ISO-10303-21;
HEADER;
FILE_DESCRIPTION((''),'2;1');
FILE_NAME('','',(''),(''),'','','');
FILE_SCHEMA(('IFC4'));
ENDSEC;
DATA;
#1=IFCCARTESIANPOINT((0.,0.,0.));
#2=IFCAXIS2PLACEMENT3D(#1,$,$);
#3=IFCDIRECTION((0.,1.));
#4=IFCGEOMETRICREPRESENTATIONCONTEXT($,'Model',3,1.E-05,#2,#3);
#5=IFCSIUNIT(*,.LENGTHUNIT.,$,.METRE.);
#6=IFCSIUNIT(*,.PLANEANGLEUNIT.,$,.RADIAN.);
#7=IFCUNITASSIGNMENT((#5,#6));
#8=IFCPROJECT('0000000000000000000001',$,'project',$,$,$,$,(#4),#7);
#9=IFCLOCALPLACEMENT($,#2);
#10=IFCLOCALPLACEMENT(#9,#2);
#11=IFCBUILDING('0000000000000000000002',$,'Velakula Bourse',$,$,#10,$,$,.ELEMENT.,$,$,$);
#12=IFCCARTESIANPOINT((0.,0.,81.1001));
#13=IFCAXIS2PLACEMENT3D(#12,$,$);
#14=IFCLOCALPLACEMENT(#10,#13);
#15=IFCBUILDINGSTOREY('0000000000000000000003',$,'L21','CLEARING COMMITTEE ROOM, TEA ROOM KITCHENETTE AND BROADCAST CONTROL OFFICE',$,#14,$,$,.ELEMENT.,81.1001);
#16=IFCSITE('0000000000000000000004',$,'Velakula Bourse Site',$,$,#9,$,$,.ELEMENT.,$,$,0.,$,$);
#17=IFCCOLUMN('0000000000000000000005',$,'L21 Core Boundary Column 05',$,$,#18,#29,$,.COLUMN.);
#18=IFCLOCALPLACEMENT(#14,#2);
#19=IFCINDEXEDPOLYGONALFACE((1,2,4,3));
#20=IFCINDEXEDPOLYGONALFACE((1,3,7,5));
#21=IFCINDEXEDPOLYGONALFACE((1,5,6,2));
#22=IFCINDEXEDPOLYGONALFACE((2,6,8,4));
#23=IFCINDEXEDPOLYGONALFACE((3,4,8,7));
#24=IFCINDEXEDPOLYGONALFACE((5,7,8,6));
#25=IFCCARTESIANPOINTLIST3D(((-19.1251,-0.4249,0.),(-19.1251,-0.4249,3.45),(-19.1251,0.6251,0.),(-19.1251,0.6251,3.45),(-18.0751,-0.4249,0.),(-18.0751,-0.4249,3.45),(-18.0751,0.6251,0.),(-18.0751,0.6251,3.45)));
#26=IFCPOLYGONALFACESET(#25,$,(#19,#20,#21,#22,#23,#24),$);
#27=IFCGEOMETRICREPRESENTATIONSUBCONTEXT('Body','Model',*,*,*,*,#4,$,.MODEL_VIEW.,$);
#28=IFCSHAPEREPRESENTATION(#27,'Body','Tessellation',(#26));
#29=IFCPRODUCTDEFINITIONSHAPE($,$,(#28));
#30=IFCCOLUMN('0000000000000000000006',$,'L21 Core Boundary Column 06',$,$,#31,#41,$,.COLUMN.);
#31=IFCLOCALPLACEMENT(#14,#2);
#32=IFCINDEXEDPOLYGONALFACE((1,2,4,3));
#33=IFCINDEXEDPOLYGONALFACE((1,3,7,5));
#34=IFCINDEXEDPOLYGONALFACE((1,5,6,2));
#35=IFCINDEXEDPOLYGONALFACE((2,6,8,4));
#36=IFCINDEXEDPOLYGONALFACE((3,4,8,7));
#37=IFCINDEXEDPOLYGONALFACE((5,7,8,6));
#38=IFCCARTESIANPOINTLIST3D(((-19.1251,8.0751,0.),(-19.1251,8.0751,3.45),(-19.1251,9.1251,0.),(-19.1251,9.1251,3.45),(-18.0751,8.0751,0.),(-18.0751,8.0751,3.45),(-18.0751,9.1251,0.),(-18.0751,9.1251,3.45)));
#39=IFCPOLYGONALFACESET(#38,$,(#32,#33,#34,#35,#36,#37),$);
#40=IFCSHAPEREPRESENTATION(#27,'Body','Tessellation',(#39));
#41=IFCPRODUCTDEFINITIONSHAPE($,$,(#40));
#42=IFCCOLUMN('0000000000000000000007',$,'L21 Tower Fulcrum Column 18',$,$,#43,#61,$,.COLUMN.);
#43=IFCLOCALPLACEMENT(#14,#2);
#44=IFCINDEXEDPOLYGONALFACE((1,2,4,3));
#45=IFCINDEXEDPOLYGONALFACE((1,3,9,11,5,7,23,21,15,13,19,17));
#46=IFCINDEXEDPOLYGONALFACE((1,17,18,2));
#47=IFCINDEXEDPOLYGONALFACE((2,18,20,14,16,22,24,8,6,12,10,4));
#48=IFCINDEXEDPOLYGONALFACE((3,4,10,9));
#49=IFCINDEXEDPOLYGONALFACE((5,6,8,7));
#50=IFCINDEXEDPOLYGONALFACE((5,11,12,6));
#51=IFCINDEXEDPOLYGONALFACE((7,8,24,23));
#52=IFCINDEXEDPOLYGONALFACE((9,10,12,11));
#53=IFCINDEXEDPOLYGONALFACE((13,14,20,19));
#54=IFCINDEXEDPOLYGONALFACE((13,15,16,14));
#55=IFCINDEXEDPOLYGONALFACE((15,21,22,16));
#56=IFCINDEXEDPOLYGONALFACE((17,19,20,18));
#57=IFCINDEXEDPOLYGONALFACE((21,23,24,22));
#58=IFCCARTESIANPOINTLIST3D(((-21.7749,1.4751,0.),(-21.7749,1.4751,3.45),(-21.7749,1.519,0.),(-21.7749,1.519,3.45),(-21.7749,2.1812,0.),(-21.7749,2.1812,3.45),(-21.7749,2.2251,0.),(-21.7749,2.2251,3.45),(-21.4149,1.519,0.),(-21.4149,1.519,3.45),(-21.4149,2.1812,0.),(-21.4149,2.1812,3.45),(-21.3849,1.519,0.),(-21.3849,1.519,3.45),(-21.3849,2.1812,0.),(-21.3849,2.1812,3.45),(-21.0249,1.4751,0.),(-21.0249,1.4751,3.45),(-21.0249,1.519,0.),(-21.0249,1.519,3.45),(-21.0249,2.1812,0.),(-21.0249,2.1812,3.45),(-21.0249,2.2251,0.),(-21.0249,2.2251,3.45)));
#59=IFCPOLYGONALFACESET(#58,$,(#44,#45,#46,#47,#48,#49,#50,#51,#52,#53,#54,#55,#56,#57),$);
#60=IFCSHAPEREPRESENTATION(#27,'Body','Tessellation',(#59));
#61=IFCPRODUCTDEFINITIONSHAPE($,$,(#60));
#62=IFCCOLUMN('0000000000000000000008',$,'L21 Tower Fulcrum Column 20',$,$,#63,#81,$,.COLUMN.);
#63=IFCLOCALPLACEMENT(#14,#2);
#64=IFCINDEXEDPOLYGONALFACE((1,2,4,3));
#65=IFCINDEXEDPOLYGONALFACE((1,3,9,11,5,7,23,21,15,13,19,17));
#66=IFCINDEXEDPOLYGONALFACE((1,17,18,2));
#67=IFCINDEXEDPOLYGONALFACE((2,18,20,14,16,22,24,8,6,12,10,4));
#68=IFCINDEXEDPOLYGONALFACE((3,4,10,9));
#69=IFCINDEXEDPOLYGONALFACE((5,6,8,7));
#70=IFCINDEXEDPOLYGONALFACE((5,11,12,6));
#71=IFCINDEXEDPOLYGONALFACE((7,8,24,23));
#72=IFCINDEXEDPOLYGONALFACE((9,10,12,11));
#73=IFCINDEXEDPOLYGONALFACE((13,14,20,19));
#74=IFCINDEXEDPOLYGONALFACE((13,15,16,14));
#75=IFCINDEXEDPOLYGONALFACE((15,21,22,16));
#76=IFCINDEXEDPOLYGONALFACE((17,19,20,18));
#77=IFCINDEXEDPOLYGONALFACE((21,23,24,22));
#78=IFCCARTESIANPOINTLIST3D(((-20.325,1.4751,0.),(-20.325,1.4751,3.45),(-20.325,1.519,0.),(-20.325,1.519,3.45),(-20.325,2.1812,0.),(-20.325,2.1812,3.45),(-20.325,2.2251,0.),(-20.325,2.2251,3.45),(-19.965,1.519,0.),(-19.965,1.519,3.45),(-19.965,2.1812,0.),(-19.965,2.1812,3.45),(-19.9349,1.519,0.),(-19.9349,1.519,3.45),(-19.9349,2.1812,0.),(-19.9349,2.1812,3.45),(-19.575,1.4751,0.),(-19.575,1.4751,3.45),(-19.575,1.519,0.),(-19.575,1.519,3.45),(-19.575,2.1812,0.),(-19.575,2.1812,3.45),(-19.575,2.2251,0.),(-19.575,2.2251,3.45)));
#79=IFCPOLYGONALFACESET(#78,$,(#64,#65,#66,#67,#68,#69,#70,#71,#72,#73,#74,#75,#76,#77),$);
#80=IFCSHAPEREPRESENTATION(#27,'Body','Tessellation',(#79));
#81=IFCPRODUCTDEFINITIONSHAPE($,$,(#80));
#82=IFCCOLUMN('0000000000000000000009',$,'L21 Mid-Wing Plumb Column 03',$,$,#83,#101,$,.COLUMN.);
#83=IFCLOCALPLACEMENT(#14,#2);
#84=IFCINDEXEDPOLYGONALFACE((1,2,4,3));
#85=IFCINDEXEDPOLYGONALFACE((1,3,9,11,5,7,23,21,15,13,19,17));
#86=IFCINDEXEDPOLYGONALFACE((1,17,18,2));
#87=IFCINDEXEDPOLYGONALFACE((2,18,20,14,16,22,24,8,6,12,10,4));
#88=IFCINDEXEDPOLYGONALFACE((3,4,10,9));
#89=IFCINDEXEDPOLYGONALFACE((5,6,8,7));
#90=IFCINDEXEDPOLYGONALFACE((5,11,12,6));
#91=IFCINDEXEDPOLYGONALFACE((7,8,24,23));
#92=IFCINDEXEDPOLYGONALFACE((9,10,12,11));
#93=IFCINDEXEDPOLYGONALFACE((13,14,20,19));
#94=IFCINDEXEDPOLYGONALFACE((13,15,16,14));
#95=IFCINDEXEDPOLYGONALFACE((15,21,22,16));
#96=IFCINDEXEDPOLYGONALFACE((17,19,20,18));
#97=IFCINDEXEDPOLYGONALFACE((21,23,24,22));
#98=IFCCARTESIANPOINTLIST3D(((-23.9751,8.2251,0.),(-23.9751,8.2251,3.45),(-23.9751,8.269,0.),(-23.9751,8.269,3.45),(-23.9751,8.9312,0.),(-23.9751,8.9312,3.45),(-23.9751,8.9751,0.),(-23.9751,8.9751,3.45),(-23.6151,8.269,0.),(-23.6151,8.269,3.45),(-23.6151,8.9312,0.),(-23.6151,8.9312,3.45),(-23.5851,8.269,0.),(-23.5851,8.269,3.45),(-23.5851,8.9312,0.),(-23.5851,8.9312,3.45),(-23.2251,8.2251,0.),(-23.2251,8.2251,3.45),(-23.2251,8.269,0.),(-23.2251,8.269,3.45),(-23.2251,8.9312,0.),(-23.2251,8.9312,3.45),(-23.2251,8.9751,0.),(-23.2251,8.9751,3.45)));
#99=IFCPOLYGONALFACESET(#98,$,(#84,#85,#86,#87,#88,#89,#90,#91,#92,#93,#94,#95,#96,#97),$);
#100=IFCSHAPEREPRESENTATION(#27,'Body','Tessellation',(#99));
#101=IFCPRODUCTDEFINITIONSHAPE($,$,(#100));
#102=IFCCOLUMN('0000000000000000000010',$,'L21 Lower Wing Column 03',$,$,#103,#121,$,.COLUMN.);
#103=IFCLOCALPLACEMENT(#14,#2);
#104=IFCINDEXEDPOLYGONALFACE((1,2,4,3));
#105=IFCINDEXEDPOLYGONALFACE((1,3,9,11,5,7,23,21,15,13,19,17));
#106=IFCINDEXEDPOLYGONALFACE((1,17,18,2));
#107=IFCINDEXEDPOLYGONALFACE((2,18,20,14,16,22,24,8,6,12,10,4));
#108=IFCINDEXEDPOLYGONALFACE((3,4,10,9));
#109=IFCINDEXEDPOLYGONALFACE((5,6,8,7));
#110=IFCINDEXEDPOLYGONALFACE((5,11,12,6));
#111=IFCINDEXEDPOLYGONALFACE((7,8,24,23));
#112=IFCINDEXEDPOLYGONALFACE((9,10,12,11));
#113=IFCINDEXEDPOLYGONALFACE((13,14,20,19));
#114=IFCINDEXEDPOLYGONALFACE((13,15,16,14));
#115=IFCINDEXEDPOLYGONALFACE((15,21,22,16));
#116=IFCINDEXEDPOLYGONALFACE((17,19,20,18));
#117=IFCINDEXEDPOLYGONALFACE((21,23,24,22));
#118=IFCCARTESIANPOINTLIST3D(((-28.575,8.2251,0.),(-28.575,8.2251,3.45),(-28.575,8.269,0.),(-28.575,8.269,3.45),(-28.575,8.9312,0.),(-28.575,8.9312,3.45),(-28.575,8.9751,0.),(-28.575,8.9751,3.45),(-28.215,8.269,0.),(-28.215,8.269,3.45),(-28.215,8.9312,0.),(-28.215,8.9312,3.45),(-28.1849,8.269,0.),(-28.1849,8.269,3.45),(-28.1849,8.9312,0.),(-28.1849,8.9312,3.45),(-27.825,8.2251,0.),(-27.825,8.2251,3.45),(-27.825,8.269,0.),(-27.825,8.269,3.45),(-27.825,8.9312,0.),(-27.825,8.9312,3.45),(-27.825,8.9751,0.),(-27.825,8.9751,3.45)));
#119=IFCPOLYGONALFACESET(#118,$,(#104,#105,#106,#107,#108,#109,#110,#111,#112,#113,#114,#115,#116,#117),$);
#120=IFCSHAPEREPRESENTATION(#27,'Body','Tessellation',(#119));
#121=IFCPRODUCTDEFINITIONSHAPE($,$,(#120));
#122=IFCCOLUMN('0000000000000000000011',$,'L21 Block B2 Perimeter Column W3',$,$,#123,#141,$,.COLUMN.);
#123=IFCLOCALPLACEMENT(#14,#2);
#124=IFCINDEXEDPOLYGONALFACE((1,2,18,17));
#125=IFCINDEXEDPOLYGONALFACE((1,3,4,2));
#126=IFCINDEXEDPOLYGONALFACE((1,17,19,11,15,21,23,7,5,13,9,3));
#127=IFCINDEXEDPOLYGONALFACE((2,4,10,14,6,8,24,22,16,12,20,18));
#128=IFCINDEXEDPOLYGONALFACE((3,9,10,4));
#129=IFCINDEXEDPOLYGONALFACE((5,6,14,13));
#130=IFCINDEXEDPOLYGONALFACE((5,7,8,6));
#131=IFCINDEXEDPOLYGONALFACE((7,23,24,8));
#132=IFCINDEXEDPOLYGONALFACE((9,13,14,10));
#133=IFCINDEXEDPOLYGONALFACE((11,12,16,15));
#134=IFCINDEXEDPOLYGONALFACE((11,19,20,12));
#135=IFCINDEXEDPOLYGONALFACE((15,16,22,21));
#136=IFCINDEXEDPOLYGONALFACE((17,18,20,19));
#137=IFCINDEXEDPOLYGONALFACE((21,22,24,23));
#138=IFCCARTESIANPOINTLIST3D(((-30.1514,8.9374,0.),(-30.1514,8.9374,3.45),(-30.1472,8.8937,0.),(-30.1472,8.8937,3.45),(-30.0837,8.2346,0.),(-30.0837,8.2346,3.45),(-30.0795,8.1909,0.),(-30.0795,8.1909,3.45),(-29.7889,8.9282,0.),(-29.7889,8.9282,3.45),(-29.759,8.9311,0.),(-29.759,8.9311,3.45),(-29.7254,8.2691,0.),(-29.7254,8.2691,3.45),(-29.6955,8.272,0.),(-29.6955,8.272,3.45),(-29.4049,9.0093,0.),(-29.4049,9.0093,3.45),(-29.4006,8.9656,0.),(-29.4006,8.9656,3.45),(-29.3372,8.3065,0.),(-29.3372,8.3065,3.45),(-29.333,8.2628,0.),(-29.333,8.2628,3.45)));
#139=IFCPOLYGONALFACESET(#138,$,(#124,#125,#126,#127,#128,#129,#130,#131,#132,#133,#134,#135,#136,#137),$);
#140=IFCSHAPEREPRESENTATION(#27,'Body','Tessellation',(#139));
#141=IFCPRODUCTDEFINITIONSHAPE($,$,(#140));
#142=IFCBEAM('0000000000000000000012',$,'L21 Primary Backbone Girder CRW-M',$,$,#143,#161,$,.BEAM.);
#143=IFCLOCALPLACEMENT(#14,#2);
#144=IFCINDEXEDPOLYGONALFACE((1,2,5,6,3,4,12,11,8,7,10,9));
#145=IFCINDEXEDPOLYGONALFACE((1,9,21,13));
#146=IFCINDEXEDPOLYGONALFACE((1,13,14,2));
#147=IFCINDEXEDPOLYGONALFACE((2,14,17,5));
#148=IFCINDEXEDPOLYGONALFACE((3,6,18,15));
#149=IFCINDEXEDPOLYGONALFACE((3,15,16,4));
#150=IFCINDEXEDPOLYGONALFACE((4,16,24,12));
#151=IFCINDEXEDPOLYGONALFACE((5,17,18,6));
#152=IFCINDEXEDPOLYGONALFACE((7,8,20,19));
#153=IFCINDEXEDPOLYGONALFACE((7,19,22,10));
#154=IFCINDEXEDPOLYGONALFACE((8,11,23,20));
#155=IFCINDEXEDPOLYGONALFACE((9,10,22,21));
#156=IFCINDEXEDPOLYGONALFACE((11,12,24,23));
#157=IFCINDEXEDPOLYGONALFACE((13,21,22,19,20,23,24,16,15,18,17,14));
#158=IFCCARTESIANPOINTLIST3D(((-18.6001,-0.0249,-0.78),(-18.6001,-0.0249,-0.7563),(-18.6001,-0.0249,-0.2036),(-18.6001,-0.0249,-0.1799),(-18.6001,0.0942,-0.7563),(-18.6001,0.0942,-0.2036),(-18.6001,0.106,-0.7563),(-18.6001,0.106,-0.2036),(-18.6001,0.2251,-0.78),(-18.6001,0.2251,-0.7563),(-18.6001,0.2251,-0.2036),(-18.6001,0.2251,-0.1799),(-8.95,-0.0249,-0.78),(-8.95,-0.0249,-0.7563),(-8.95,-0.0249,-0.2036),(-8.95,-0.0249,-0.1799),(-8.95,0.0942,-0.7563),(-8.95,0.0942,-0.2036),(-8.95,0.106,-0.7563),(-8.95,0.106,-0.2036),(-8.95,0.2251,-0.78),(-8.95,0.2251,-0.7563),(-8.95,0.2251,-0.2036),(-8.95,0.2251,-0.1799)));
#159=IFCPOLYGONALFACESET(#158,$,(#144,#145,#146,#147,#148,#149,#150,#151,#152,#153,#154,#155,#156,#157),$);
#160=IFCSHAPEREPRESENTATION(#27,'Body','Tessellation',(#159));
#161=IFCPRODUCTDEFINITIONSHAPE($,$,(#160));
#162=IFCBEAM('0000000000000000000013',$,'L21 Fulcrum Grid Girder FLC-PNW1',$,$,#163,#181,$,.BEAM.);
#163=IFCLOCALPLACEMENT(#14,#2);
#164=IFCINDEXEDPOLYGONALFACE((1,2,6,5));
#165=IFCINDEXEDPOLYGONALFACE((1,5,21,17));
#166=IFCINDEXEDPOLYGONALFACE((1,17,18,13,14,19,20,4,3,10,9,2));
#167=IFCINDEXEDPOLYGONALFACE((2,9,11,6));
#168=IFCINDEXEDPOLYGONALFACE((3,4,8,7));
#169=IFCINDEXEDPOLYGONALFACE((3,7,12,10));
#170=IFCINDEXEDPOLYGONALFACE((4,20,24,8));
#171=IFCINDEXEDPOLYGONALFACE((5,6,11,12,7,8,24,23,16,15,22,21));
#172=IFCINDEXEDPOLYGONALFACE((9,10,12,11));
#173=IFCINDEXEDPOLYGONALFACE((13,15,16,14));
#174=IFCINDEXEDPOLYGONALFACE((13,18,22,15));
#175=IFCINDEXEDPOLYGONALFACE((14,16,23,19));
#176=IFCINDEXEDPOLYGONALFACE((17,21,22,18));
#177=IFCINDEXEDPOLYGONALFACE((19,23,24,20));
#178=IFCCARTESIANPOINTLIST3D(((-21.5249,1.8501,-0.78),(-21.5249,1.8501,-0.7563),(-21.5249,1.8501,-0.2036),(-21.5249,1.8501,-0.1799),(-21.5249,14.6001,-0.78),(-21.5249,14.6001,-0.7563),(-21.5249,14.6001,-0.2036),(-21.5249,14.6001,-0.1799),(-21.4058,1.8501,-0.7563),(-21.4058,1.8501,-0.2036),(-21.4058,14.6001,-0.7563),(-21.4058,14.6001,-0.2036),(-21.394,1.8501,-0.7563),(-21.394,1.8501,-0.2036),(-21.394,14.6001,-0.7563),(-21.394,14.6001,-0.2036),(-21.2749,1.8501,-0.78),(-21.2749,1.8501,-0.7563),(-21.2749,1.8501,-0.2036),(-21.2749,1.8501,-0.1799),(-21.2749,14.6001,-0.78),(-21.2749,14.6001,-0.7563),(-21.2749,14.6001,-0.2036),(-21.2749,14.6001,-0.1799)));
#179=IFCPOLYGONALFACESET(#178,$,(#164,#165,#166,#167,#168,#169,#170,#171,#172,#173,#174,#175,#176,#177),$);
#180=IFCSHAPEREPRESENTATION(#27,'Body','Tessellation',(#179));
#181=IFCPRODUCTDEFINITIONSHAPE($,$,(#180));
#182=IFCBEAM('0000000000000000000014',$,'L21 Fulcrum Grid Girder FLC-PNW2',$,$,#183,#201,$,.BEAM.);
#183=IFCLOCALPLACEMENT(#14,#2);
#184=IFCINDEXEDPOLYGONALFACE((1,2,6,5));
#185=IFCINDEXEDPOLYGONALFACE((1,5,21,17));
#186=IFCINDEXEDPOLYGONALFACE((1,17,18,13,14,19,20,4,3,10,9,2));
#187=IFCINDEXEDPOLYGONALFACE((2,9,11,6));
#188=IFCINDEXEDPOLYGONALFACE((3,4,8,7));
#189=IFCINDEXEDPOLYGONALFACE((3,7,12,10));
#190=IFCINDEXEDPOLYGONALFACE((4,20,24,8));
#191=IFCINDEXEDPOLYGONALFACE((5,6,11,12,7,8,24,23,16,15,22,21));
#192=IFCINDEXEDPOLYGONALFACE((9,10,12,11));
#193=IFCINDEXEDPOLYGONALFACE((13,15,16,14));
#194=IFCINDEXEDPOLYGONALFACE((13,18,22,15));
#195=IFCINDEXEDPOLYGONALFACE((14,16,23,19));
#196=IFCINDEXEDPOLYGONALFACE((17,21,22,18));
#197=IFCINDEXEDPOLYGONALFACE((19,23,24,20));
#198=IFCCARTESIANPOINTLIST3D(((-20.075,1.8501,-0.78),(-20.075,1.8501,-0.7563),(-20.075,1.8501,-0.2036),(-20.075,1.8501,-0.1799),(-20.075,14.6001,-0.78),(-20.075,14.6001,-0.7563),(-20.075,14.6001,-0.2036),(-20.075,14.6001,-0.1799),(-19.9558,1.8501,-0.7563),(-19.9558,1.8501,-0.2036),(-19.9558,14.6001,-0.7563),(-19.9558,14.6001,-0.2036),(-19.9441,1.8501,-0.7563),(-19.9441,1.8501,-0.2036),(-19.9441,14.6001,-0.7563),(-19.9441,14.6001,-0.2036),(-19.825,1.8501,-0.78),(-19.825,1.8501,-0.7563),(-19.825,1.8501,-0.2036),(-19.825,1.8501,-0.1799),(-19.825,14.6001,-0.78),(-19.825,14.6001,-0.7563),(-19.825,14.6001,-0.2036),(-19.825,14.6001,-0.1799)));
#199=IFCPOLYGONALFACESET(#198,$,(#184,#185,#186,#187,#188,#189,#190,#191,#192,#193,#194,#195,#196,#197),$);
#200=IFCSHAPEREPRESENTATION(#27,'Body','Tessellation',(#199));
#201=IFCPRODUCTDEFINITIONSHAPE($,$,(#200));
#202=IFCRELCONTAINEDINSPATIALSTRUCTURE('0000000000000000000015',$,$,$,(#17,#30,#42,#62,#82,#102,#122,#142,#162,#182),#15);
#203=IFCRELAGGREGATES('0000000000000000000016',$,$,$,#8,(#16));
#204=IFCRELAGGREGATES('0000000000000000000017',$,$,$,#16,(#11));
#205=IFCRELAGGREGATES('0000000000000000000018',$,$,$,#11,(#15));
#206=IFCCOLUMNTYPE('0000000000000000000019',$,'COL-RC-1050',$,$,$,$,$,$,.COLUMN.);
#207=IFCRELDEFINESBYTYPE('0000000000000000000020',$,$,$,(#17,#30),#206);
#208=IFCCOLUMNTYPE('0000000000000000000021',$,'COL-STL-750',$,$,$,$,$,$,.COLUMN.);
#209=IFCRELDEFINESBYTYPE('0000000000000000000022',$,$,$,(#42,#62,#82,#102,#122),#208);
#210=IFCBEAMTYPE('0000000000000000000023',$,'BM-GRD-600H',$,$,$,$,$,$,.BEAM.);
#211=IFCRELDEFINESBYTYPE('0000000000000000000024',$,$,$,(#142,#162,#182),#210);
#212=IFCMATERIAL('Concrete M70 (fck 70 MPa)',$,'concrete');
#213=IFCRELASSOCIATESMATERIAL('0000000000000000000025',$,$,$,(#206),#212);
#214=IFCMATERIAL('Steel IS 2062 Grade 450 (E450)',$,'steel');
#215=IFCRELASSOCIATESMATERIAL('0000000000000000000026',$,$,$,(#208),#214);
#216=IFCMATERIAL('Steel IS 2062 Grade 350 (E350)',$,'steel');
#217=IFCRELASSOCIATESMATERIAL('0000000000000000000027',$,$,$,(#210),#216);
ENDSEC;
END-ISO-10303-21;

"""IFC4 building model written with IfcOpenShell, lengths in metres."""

from ifc_helpers import new_model, si_unit, direction, frame, origin, origin_2d, place, context, subcontext, project, spatial, rectangle, i_section, extrude, material, material_profile, profile_set, type_object, element, save


model = new_model("IFC4")

# Units and contexts
model_context = context("Model", 3, precision=1e-05, world=origin(), true_north=direction((0.0, 1.0)))
body_context = subcontext(model_context, "Body", "Model", "MODEL_VIEW")
ifc_project = project(units=[si_unit("LENGTHUNIT", "METRE"), si_unit("PLANEANGLEUNIT", "RADIAN")], contexts=[model_context])

# Site, building, storey
site_placement = place(None, origin())
site = spatial("IfcSite", under=ifc_project, at=site_placement, Name="Velakula Bourse Site", CompositionType="ELEMENT", RefElevation=0.0)
building_placement = place(site_placement, origin())
building = spatial("IfcBuilding", under=site, at=building_placement, Name="Velakula Bourse", CompositionType="ELEMENT")
storey_placement = place(building_placement, frame((0.0, 0.0, 81.1001)))
storey = spatial("IfcBuildingStorey", under=building, at=storey_placement, Name="L21", Description="CLEARING COMMITTEE ROOM, TEA ROOM KITCHENETTE AND BROADCAST CONTROL OFFICE", CompositionType="ELEMENT", Elevation=81.1001)

# Columns
ifc_material_1 = material(Name="Concrete M70 (fck 70 MPa)", Category="concrete")
ifc_material_profile_1 = material_profile(ifc_material_1, rectangle(XDim=1.05, YDim=1.05, at=origin_2d()), Name="Concrete M70 (fck 70 MPa)")
ifc_profile_set_1 = profile_set([ifc_material_profile_1], Name="Concrete M70 (fck 70 MPa)")
column_type_1 = type_object("IfcColumnType", Name="COL-RC-1050", PredefinedType="COLUMN", material=ifc_profile_set_1)
for number, where, z_axis, x_axis, name in (
    (1, (-18.6001, 0.1001, 0.0), (0.0, 0.0, 1.0), (1.0, 0.0, 0.0), "L21 Core Boundary Column 05"),
    (2, (-18.6001, 8.6001, 0.0), (0.0, 0.0, 1.0), (1.0, 0.0, 0.0), "L21 Core Boundary Column 06"),
):
    element("IfcColumn", number, at=place(storey_placement, frame(where, z_axis=z_axis, x_axis=x_axis)), inside=storey, type_object=column_type_1, Name=name, PredefinedType="COLUMN", context=body_context, shape_type="SweptSolid", body=[
        extrude(rectangle(XDim=1.05, YDim=1.05, at=origin_2d()), origin(), (0.0, 0.0, 1.0), 3.45),
    ])
ifc_material_2 = material(Name="Steel IS 2062 Grade 450 (E450)", Category="steel")
ifc_material_profile_2 = material_profile(ifc_material_2, i_section(OverallWidth=0.75, OverallDepth=0.75, WebThickness=0.03, FlangeThickness=0.0439, at=origin_2d()), Name="Steel IS 2062 Grade 450 (E450)")
ifc_profile_set_2 = profile_set([ifc_material_profile_2], Name="Steel IS 2062 Grade 450 (E450)")
column_type_2 = type_object("IfcColumnType", Name="COL-STL-750", PredefinedType="COLUMN", material=ifc_profile_set_2)
for number, where, z_axis, x_axis, name in (
    (3, (-21.3999, 1.8501, 0.0), (0.0, 0.0, 1.0), (1.0, 0.0, 0.0), "L21 Tower Fulcrum Column 18"),
    (4, (-19.95, 1.8501, 0.0), (0.0, 0.0, 1.0), (1.0, 0.0, 0.0), "L21 Tower Fulcrum Column 20"),
    (5, (-23.6001, 8.6001, 0.0), (0.0, 0.0, 1.0), (1.0, 0.0, 0.0), "L21 Mid-Wing Plumb Column 03"),
    (6, (-28.2, 8.6001, 0.0), (0.0, 0.0, 1.0), (1.0, 0.0, 0.0), "L21 Lower Wing Column 03"),
    (7, (-29.7422, 8.6001, 0.0), (0.0, 0.0, 1.0), (0.995396, 0.095846, 0.0), "L21 Block B2 Perimeter Column W3"),
):
    element("IfcColumn", number, at=place(storey_placement, frame(where, z_axis=z_axis, x_axis=x_axis)), inside=storey, type_object=column_type_2, Name=name, PredefinedType="COLUMN", context=body_context, shape_type="SweptSolid", body=[
        extrude(i_section(OverallWidth=0.75, OverallDepth=0.75, WebThickness=0.03, FlangeThickness=0.0439, at=origin_2d()), origin(), (0.0, 0.0, 1.0), 3.45),
    ])

# Beams
ifc_material_3 = material(Name="Steel IS 2062 Grade 350 (E350)", Category="steel")
ifc_material_profile_3 = material_profile(ifc_material_3, i_section(OverallWidth=0.25, OverallDepth=0.6001, WebThickness=0.0117, FlangeThickness=0.0237, at=origin_2d()), Name="Steel IS 2062 Grade 350 (E350)")
ifc_profile_set_3 = profile_set([ifc_material_profile_3], Name="Steel IS 2062 Grade 350 (E350)")
beam_type_1 = type_object("IfcBeamType", Name="BM-GRD-600H", PredefinedType="BEAM", material=ifc_profile_set_3)
beam_1_placement = place(storey_placement, frame((-18.6001, 0.1001, -0.48), z_axis=(1.0, 0.0, 0.0), x_axis=(0.0, 1.0, 0.0)))
element("IfcBeam", 8, at=beam_1_placement, inside=storey, type_object=beam_type_1, Name="L21 Primary Backbone Girder CRW-M", PredefinedType="BEAM", context=body_context, shape_type="SweptSolid", body=[
    extrude(i_section(OverallWidth=0.25, OverallDepth=0.6001, WebThickness=0.0117, FlangeThickness=0.0237, at=origin_2d()), origin(), (0.0, 0.0, 1.0), 9.6501),
])
for number, where, z_axis, x_axis, name in (
    (9, (-21.3999, 1.8501, -0.48), (0.0, 1.0, 0.0), (-1.0, 0.0, 0.0), "L21 Fulcrum Grid Girder FLC-PNW1"),
    (10, (-19.95, 1.8501, -0.48), (0.0, 1.0, 0.0), (-1.0, 0.0, 0.0), "L21 Fulcrum Grid Girder FLC-PNW2"),
):
    element("IfcBeam", number, at=place(storey_placement, frame(where, z_axis=z_axis, x_axis=x_axis)), inside=storey, type_object=beam_type_1, Name=name, PredefinedType="BEAM", context=body_context, shape_type="SweptSolid", body=[
        extrude(i_section(OverallWidth=0.25, OverallDepth=0.6001, WebThickness=0.0117, FlangeThickness=0.0237, at=origin_2d()), origin(), (0.0, 0.0, 1.0), 12.75),
    ])

save(model, "model.ifc")
